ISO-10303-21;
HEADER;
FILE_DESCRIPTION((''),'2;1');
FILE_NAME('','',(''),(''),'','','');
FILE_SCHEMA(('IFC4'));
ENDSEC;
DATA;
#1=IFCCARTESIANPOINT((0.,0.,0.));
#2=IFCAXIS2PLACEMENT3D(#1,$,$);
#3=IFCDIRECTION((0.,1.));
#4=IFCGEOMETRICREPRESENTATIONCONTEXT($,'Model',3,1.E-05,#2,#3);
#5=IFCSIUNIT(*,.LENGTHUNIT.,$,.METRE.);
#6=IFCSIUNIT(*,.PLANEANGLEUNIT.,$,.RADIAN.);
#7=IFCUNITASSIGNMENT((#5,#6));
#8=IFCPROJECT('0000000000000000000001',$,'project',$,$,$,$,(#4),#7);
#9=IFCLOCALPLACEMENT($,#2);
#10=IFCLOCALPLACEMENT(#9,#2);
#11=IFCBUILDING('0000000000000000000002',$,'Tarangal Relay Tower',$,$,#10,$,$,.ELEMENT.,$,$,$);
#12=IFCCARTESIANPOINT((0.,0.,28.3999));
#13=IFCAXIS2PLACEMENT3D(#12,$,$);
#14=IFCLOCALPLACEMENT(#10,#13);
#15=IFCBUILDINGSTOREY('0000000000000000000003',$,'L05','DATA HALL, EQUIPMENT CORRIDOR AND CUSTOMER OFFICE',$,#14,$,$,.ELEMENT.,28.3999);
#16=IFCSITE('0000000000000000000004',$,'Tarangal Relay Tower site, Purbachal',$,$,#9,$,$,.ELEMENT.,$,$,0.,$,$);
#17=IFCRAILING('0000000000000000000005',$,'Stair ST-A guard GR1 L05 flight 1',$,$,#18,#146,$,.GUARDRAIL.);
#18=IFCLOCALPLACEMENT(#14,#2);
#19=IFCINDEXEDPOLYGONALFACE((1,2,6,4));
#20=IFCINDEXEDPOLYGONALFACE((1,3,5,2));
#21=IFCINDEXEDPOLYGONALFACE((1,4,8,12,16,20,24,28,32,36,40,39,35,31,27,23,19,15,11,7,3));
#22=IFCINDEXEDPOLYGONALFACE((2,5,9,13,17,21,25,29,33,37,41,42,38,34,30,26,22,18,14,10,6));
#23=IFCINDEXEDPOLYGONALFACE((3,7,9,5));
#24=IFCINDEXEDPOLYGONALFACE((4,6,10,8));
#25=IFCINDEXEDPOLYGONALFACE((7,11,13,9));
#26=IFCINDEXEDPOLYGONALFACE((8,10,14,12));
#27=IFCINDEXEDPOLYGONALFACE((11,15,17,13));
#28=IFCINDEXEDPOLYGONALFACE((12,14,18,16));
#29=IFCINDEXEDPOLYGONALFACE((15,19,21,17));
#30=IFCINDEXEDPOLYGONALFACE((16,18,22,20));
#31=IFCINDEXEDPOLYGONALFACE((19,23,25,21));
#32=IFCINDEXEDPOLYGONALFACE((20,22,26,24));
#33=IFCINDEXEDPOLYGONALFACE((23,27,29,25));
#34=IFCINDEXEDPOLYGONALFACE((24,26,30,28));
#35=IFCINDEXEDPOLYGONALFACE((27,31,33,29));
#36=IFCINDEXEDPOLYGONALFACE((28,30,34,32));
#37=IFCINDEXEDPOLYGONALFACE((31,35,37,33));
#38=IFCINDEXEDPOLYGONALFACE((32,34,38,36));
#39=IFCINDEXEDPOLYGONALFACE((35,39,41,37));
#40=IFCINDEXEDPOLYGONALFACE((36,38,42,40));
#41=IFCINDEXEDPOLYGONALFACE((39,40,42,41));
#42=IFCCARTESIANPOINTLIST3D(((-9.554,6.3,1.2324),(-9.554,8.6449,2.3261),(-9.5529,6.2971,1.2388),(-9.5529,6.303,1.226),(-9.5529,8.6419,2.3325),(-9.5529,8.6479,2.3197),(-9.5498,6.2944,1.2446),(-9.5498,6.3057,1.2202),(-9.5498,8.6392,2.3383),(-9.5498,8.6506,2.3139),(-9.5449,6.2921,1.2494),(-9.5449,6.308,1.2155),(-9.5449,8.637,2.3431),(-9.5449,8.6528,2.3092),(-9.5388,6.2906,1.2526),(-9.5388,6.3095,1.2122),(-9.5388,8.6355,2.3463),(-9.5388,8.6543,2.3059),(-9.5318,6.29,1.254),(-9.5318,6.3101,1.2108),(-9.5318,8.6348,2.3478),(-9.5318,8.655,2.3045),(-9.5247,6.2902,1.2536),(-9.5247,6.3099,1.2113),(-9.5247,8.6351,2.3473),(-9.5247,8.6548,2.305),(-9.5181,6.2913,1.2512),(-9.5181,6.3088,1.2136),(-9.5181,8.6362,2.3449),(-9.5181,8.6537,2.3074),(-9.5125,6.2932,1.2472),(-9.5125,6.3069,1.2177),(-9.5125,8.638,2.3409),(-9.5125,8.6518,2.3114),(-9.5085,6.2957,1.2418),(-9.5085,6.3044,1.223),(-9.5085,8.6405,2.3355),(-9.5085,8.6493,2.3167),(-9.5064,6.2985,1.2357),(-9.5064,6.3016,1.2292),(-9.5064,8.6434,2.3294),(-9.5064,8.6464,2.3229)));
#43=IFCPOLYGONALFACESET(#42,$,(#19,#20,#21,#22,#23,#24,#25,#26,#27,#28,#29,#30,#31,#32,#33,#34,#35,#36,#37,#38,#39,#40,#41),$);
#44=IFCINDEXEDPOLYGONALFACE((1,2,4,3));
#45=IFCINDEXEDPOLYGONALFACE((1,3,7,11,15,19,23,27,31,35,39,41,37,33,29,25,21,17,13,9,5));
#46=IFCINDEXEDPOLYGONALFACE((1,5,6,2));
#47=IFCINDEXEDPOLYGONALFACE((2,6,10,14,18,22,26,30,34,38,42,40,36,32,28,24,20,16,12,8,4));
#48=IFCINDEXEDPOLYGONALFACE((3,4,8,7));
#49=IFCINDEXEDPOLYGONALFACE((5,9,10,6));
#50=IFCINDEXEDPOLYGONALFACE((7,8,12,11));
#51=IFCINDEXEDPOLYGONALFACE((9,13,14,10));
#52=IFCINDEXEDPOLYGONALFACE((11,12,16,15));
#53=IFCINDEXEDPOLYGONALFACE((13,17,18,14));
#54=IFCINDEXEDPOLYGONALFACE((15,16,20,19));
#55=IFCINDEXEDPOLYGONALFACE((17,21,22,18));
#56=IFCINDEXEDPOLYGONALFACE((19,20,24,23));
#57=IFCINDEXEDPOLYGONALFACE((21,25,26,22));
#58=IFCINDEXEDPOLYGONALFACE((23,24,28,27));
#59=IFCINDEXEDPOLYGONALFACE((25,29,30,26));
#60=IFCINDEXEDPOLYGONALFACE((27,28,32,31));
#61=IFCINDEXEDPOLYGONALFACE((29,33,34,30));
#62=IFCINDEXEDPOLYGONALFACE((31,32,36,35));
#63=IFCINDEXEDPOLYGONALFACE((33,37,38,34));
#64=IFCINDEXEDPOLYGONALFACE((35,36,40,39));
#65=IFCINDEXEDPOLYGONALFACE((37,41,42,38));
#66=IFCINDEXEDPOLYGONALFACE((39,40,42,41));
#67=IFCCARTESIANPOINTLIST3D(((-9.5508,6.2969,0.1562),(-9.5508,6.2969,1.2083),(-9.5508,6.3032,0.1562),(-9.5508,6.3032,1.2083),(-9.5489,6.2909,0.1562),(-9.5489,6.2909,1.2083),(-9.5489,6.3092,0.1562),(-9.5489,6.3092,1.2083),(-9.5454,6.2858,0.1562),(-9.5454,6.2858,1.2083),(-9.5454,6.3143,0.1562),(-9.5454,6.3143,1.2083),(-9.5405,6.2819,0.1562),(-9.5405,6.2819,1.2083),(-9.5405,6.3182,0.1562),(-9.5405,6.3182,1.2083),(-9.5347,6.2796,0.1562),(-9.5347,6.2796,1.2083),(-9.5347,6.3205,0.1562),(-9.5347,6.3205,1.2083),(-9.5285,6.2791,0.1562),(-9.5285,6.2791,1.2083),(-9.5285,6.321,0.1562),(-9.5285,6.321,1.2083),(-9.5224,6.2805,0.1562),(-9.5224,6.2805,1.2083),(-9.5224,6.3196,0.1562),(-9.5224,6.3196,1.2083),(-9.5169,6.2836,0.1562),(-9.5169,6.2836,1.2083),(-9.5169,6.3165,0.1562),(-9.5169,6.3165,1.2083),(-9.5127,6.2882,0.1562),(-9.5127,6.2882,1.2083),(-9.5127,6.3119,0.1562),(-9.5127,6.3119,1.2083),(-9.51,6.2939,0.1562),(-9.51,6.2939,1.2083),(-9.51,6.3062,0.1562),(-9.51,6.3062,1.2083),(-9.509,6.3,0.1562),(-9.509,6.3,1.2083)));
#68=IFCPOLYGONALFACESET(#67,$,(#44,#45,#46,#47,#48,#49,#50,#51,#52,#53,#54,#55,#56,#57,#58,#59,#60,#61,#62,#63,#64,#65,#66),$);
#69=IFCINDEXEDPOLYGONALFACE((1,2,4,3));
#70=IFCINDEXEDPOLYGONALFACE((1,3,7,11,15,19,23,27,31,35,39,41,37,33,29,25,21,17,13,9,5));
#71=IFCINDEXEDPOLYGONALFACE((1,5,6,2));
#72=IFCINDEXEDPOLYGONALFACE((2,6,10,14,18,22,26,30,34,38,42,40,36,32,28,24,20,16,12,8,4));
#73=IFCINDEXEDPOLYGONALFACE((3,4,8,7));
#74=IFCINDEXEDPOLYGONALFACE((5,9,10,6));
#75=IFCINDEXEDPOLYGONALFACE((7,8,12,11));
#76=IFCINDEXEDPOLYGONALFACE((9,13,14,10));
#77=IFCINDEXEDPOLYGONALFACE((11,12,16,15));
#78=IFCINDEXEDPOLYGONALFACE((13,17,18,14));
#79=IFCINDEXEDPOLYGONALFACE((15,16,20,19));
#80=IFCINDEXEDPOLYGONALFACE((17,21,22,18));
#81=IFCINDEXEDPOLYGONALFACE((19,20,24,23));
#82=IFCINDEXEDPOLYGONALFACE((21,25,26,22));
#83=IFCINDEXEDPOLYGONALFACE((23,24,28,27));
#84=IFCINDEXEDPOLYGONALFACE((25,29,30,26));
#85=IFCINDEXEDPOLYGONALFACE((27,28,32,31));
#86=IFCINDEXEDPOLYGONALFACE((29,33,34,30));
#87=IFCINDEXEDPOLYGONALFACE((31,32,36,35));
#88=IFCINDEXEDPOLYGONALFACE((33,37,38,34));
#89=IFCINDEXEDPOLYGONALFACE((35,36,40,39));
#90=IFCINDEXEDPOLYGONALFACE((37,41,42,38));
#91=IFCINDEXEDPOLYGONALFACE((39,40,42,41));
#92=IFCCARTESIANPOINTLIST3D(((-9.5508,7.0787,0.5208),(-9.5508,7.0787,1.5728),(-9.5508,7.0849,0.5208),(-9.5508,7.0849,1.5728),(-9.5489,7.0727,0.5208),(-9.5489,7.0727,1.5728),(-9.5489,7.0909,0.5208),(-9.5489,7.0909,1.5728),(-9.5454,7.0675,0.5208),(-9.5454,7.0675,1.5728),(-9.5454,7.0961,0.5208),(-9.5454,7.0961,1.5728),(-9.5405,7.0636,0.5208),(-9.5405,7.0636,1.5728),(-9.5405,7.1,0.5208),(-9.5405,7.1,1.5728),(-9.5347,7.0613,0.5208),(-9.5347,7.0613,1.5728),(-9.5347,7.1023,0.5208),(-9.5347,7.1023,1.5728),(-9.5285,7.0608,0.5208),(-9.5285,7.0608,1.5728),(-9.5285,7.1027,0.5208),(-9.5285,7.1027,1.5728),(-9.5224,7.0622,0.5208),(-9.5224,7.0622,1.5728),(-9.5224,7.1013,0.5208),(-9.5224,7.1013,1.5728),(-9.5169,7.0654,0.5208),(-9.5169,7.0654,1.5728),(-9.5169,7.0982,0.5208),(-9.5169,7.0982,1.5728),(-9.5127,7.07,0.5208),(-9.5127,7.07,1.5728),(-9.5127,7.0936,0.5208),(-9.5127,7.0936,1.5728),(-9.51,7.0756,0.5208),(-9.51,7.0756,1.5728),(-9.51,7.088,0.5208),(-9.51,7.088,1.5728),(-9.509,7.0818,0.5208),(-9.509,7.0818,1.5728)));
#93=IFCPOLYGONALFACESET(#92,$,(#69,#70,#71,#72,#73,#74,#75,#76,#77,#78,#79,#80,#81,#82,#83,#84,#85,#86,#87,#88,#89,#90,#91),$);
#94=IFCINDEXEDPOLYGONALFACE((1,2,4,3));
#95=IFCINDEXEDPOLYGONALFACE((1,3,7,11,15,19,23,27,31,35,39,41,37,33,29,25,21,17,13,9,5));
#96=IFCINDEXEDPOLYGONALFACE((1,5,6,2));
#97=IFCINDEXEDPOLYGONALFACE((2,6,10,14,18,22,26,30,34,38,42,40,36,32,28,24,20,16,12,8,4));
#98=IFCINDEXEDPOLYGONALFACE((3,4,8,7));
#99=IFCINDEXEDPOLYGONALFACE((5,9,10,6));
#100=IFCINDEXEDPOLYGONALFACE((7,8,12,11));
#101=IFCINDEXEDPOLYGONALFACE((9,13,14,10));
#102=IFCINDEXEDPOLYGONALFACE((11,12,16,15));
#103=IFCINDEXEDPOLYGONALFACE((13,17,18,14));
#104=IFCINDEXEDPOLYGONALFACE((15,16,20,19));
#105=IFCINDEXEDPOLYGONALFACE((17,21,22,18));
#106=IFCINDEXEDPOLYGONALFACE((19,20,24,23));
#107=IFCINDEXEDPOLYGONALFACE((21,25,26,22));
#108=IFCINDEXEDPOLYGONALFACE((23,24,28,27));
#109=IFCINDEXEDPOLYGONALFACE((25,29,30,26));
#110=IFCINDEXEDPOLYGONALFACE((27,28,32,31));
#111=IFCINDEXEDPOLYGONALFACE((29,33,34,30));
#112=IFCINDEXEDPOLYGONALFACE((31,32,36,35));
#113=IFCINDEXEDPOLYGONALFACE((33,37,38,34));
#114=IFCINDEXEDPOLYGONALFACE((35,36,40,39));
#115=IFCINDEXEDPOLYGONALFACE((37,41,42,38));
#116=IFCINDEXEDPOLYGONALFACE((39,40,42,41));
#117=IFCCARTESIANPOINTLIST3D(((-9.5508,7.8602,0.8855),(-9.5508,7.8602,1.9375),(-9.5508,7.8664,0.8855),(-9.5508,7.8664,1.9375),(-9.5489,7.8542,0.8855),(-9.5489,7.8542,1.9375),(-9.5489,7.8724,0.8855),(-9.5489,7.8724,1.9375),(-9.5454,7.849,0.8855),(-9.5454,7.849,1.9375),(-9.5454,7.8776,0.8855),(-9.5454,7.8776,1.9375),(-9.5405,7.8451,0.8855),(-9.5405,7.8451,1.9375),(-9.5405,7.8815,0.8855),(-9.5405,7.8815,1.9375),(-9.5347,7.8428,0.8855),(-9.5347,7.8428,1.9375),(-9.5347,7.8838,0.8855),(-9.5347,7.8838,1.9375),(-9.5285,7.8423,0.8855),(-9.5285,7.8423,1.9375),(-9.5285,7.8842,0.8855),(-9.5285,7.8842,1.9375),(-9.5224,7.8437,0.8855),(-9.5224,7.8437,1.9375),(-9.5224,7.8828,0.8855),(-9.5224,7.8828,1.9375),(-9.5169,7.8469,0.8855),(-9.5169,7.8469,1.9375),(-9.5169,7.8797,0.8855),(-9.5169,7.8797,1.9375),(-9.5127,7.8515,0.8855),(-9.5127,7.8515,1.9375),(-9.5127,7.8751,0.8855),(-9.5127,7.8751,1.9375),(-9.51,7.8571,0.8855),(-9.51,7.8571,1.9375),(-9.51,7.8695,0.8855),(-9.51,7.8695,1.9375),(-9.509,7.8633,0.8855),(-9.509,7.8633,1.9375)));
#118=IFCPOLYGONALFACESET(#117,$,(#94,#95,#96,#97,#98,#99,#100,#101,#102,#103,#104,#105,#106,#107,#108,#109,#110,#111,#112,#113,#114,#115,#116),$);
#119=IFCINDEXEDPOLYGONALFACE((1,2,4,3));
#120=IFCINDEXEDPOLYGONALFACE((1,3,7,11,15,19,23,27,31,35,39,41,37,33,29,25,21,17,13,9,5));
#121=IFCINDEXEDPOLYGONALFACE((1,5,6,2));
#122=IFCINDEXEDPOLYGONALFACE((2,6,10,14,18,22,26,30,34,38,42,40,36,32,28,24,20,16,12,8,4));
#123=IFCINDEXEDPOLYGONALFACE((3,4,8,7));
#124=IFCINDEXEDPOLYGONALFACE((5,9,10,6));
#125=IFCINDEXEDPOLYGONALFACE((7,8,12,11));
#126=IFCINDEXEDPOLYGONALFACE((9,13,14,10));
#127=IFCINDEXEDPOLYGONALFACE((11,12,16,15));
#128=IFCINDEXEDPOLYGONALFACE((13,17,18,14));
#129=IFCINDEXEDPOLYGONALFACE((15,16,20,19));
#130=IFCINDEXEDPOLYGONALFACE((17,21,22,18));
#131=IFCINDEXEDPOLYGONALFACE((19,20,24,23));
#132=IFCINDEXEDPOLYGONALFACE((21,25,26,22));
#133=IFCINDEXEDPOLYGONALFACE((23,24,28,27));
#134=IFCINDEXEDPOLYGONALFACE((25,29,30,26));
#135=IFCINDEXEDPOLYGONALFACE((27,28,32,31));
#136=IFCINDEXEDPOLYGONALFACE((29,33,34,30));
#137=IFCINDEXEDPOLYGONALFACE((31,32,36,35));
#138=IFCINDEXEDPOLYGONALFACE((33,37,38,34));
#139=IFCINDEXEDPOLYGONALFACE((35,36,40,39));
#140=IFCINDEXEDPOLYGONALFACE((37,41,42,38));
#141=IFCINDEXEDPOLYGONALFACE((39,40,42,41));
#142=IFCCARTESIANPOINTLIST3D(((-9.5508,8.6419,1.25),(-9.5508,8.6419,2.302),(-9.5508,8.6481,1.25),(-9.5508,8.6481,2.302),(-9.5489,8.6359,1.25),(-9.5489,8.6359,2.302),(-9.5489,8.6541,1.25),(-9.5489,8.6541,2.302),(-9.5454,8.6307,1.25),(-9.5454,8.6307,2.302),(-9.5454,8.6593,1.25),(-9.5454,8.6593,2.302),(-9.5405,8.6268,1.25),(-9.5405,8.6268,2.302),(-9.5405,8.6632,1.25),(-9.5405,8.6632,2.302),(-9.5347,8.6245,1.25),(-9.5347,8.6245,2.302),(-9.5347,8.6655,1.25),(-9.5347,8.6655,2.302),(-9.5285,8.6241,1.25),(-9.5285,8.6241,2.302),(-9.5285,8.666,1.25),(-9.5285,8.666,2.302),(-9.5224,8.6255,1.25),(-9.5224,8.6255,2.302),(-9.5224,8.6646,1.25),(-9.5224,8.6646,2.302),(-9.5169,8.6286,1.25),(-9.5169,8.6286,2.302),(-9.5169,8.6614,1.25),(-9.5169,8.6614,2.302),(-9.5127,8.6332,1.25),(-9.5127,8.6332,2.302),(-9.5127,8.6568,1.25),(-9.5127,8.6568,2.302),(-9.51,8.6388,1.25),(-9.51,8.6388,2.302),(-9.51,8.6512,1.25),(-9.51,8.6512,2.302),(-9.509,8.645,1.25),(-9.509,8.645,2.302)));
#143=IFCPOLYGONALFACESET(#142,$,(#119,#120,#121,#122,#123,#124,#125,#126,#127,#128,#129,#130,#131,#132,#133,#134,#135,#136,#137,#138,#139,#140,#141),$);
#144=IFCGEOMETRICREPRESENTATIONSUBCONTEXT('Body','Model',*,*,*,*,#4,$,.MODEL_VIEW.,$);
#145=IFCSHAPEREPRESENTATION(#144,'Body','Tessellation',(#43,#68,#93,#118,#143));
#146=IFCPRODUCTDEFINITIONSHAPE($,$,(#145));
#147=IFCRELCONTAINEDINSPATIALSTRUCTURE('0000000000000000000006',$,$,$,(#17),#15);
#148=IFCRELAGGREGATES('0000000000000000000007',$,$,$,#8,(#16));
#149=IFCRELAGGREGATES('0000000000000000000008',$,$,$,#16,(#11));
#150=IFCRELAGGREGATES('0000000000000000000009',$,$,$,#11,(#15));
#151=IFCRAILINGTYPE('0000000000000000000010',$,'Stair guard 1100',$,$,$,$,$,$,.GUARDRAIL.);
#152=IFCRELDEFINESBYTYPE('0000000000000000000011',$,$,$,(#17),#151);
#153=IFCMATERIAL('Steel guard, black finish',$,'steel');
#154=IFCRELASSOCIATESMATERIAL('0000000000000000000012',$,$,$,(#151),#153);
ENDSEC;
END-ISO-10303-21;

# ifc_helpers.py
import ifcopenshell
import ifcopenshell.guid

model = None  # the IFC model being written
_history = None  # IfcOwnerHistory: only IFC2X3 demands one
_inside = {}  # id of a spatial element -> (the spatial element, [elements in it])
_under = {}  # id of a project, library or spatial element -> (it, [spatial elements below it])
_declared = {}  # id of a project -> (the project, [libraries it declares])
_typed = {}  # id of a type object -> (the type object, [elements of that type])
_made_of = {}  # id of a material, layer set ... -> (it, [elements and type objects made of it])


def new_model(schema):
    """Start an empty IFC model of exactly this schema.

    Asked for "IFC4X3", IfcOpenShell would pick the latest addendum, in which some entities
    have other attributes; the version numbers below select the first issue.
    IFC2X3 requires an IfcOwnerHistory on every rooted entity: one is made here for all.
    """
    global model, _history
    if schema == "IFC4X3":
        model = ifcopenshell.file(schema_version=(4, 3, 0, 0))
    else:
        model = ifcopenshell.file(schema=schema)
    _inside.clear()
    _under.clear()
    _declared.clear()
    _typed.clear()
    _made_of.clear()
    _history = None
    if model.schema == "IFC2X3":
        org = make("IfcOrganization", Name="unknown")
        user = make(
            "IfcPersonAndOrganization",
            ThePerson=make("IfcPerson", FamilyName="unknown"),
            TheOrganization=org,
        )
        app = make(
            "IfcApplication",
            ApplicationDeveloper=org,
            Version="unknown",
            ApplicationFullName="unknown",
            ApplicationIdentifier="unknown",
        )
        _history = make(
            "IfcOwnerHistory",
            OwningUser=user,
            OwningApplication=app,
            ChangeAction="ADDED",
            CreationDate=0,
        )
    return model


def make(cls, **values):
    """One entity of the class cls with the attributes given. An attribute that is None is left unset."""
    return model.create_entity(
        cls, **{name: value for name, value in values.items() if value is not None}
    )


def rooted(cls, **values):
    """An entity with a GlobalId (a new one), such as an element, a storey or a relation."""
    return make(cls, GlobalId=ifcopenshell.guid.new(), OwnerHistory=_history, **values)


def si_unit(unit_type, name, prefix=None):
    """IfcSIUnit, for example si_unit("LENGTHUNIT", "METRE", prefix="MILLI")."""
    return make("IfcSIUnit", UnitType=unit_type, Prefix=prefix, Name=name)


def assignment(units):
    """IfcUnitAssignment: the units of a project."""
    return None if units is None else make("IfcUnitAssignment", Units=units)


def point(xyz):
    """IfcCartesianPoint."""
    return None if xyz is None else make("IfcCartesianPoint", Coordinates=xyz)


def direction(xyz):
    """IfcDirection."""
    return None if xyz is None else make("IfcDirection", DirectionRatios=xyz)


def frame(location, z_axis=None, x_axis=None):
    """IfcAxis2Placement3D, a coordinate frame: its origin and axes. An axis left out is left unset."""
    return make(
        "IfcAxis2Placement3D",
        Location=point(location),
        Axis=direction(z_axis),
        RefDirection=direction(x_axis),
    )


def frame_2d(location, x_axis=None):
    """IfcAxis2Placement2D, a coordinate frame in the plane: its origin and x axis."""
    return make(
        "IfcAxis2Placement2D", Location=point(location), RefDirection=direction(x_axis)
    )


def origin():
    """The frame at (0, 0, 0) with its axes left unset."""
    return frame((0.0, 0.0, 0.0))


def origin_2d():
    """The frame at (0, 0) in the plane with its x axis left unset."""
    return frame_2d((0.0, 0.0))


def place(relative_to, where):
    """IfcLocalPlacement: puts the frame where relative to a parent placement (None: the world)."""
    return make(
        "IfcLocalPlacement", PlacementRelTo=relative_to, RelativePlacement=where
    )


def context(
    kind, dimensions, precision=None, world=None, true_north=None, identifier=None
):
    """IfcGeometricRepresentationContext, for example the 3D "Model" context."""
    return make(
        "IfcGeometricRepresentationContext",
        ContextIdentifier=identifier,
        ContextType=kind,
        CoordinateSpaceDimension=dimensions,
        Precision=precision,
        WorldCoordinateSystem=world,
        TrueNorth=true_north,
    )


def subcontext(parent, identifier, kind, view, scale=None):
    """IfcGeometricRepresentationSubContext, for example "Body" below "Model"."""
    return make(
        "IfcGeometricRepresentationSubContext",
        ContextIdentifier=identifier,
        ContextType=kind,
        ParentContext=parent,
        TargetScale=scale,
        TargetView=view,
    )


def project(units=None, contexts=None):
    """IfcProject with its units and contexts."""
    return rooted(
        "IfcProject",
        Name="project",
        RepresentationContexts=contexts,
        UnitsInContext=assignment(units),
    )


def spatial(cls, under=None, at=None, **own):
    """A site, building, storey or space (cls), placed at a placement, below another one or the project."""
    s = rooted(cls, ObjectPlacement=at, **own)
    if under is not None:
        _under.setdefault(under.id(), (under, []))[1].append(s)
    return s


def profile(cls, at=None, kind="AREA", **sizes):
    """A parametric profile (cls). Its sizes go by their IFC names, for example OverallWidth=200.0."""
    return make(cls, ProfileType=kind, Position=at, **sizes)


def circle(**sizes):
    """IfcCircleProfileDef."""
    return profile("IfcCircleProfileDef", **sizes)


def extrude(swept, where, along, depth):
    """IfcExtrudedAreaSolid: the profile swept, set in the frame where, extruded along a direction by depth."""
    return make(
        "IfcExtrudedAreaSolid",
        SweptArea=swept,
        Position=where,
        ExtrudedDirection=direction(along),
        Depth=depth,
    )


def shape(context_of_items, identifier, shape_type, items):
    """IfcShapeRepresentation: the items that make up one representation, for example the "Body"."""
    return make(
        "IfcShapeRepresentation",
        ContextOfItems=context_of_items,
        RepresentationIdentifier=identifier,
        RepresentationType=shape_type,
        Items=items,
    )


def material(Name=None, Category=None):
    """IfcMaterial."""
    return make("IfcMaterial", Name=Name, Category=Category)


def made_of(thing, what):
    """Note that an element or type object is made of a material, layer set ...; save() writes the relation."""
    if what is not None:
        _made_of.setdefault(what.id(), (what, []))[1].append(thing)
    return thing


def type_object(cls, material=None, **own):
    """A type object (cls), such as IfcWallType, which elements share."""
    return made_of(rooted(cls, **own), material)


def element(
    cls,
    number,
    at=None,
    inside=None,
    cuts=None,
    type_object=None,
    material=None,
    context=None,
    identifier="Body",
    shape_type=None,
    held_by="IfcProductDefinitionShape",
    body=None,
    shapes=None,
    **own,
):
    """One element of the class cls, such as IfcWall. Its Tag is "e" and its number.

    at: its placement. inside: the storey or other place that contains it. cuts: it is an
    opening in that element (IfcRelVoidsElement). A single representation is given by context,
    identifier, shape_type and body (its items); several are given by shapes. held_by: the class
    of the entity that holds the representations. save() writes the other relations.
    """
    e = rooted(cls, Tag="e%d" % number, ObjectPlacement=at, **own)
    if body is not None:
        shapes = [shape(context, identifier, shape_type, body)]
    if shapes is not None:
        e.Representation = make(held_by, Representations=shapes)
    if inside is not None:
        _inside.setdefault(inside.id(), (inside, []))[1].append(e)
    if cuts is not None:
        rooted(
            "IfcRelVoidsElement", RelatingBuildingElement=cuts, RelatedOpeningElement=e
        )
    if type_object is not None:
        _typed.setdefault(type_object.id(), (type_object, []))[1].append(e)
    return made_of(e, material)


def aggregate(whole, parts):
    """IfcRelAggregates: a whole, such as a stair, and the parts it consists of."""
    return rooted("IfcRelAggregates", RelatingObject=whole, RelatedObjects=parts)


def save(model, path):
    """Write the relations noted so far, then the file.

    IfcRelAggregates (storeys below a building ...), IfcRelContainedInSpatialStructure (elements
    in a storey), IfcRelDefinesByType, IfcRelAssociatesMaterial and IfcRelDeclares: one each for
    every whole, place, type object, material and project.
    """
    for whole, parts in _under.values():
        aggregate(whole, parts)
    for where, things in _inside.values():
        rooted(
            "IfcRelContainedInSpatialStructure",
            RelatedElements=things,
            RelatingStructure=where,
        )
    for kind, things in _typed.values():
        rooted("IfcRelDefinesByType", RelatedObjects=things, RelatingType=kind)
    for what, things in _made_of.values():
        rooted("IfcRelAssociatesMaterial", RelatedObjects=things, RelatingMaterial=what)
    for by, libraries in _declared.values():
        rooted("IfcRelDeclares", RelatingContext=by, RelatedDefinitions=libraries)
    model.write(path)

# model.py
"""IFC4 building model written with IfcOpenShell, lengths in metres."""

from ifc_helpers import new_model, si_unit, direction, frame, origin, origin_2d, place, context, subcontext, project, spatial, circle, extrude, material, type_object, element, save


model = new_model("IFC4")

# Units and contexts
model_context = context("Model", 3, precision=1e-05, world=origin(), true_north=direction((0.0, 1.0)))
body_context = subcontext(model_context, "Body", "Model", "MODEL_VIEW")
ifc_project = project(units=[si_unit("LENGTHUNIT", "METRE"), si_unit("PLANEANGLEUNIT", "RADIAN")], contexts=[model_context])

# Site, building, storey
site_placement = place(None, origin())
site = spatial("IfcSite", under=ifc_project, at=site_placement, Name="Tarangal Relay Tower site, Purbachal", CompositionType="ELEMENT", RefElevation=0.0)
building_placement = place(site_placement, origin())
building = spatial("IfcBuilding", under=site, at=building_placement, Name="Tarangal Relay Tower", CompositionType="ELEMENT")
storey_placement = place(building_placement, frame((0.0, 0.0, 28.3999)))
storey = spatial("IfcBuildingStorey", under=building, at=storey_placement, Name="L05", Description="DATA HALL, EQUIPMENT CORRIDOR AND CUSTOMER OFFICE", CompositionType="ELEMENT", Elevation=28.3999)

# Railing
ifc_material_1 = material(Name="Steel guard, black finish", Category="steel")
railing_type_1 = type_object("IfcRailingType", Name="Stair guard 1100", PredefinedType="GUARDRAIL", material=ifc_material_1)
railing_placement = place(storey_placement, frame((-9.53, 6.3, 0.1562)))
element("IfcRailing", 1, at=railing_placement, inside=storey, type_object=railing_type_1, Name="Stair ST-A guard GR1 L05 flight 1", PredefinedType="GUARDRAIL", context=body_context, shape_type="SweptSolid", body=[
    extrude(circle(Radius=0.0239, at=origin_2d()), frame((0.0, 0.0, 1.0762), z_axis=(0.0, 0.906267, 0.422705), x_axis=(-1.0, 0.0, 0.0)), (0.0, 0.0, 1.0), 2.5874),
    extrude(circle(Radius=0.021, at=origin_2d()), origin(), (0.0, 0.0, 1.0), 1.052),
    extrude(circle(Radius=0.021, at=origin_2d()), frame((0.0, 0.7817, 0.3645)), (0.0, 0.0, 1.0), 1.052),
    extrude(circle(Radius=0.021, at=origin_2d()), frame((0.0, 1.5632, 0.7292)), (0.0, 0.0, 1.0), 1.052),
    extrude(circle(Radius=0.021, at=origin_2d()), frame((0.0, 2.345, 1.0938)), (0.0, 0.0, 1.0), 1.052),
])

save(model, "model.ifc")
